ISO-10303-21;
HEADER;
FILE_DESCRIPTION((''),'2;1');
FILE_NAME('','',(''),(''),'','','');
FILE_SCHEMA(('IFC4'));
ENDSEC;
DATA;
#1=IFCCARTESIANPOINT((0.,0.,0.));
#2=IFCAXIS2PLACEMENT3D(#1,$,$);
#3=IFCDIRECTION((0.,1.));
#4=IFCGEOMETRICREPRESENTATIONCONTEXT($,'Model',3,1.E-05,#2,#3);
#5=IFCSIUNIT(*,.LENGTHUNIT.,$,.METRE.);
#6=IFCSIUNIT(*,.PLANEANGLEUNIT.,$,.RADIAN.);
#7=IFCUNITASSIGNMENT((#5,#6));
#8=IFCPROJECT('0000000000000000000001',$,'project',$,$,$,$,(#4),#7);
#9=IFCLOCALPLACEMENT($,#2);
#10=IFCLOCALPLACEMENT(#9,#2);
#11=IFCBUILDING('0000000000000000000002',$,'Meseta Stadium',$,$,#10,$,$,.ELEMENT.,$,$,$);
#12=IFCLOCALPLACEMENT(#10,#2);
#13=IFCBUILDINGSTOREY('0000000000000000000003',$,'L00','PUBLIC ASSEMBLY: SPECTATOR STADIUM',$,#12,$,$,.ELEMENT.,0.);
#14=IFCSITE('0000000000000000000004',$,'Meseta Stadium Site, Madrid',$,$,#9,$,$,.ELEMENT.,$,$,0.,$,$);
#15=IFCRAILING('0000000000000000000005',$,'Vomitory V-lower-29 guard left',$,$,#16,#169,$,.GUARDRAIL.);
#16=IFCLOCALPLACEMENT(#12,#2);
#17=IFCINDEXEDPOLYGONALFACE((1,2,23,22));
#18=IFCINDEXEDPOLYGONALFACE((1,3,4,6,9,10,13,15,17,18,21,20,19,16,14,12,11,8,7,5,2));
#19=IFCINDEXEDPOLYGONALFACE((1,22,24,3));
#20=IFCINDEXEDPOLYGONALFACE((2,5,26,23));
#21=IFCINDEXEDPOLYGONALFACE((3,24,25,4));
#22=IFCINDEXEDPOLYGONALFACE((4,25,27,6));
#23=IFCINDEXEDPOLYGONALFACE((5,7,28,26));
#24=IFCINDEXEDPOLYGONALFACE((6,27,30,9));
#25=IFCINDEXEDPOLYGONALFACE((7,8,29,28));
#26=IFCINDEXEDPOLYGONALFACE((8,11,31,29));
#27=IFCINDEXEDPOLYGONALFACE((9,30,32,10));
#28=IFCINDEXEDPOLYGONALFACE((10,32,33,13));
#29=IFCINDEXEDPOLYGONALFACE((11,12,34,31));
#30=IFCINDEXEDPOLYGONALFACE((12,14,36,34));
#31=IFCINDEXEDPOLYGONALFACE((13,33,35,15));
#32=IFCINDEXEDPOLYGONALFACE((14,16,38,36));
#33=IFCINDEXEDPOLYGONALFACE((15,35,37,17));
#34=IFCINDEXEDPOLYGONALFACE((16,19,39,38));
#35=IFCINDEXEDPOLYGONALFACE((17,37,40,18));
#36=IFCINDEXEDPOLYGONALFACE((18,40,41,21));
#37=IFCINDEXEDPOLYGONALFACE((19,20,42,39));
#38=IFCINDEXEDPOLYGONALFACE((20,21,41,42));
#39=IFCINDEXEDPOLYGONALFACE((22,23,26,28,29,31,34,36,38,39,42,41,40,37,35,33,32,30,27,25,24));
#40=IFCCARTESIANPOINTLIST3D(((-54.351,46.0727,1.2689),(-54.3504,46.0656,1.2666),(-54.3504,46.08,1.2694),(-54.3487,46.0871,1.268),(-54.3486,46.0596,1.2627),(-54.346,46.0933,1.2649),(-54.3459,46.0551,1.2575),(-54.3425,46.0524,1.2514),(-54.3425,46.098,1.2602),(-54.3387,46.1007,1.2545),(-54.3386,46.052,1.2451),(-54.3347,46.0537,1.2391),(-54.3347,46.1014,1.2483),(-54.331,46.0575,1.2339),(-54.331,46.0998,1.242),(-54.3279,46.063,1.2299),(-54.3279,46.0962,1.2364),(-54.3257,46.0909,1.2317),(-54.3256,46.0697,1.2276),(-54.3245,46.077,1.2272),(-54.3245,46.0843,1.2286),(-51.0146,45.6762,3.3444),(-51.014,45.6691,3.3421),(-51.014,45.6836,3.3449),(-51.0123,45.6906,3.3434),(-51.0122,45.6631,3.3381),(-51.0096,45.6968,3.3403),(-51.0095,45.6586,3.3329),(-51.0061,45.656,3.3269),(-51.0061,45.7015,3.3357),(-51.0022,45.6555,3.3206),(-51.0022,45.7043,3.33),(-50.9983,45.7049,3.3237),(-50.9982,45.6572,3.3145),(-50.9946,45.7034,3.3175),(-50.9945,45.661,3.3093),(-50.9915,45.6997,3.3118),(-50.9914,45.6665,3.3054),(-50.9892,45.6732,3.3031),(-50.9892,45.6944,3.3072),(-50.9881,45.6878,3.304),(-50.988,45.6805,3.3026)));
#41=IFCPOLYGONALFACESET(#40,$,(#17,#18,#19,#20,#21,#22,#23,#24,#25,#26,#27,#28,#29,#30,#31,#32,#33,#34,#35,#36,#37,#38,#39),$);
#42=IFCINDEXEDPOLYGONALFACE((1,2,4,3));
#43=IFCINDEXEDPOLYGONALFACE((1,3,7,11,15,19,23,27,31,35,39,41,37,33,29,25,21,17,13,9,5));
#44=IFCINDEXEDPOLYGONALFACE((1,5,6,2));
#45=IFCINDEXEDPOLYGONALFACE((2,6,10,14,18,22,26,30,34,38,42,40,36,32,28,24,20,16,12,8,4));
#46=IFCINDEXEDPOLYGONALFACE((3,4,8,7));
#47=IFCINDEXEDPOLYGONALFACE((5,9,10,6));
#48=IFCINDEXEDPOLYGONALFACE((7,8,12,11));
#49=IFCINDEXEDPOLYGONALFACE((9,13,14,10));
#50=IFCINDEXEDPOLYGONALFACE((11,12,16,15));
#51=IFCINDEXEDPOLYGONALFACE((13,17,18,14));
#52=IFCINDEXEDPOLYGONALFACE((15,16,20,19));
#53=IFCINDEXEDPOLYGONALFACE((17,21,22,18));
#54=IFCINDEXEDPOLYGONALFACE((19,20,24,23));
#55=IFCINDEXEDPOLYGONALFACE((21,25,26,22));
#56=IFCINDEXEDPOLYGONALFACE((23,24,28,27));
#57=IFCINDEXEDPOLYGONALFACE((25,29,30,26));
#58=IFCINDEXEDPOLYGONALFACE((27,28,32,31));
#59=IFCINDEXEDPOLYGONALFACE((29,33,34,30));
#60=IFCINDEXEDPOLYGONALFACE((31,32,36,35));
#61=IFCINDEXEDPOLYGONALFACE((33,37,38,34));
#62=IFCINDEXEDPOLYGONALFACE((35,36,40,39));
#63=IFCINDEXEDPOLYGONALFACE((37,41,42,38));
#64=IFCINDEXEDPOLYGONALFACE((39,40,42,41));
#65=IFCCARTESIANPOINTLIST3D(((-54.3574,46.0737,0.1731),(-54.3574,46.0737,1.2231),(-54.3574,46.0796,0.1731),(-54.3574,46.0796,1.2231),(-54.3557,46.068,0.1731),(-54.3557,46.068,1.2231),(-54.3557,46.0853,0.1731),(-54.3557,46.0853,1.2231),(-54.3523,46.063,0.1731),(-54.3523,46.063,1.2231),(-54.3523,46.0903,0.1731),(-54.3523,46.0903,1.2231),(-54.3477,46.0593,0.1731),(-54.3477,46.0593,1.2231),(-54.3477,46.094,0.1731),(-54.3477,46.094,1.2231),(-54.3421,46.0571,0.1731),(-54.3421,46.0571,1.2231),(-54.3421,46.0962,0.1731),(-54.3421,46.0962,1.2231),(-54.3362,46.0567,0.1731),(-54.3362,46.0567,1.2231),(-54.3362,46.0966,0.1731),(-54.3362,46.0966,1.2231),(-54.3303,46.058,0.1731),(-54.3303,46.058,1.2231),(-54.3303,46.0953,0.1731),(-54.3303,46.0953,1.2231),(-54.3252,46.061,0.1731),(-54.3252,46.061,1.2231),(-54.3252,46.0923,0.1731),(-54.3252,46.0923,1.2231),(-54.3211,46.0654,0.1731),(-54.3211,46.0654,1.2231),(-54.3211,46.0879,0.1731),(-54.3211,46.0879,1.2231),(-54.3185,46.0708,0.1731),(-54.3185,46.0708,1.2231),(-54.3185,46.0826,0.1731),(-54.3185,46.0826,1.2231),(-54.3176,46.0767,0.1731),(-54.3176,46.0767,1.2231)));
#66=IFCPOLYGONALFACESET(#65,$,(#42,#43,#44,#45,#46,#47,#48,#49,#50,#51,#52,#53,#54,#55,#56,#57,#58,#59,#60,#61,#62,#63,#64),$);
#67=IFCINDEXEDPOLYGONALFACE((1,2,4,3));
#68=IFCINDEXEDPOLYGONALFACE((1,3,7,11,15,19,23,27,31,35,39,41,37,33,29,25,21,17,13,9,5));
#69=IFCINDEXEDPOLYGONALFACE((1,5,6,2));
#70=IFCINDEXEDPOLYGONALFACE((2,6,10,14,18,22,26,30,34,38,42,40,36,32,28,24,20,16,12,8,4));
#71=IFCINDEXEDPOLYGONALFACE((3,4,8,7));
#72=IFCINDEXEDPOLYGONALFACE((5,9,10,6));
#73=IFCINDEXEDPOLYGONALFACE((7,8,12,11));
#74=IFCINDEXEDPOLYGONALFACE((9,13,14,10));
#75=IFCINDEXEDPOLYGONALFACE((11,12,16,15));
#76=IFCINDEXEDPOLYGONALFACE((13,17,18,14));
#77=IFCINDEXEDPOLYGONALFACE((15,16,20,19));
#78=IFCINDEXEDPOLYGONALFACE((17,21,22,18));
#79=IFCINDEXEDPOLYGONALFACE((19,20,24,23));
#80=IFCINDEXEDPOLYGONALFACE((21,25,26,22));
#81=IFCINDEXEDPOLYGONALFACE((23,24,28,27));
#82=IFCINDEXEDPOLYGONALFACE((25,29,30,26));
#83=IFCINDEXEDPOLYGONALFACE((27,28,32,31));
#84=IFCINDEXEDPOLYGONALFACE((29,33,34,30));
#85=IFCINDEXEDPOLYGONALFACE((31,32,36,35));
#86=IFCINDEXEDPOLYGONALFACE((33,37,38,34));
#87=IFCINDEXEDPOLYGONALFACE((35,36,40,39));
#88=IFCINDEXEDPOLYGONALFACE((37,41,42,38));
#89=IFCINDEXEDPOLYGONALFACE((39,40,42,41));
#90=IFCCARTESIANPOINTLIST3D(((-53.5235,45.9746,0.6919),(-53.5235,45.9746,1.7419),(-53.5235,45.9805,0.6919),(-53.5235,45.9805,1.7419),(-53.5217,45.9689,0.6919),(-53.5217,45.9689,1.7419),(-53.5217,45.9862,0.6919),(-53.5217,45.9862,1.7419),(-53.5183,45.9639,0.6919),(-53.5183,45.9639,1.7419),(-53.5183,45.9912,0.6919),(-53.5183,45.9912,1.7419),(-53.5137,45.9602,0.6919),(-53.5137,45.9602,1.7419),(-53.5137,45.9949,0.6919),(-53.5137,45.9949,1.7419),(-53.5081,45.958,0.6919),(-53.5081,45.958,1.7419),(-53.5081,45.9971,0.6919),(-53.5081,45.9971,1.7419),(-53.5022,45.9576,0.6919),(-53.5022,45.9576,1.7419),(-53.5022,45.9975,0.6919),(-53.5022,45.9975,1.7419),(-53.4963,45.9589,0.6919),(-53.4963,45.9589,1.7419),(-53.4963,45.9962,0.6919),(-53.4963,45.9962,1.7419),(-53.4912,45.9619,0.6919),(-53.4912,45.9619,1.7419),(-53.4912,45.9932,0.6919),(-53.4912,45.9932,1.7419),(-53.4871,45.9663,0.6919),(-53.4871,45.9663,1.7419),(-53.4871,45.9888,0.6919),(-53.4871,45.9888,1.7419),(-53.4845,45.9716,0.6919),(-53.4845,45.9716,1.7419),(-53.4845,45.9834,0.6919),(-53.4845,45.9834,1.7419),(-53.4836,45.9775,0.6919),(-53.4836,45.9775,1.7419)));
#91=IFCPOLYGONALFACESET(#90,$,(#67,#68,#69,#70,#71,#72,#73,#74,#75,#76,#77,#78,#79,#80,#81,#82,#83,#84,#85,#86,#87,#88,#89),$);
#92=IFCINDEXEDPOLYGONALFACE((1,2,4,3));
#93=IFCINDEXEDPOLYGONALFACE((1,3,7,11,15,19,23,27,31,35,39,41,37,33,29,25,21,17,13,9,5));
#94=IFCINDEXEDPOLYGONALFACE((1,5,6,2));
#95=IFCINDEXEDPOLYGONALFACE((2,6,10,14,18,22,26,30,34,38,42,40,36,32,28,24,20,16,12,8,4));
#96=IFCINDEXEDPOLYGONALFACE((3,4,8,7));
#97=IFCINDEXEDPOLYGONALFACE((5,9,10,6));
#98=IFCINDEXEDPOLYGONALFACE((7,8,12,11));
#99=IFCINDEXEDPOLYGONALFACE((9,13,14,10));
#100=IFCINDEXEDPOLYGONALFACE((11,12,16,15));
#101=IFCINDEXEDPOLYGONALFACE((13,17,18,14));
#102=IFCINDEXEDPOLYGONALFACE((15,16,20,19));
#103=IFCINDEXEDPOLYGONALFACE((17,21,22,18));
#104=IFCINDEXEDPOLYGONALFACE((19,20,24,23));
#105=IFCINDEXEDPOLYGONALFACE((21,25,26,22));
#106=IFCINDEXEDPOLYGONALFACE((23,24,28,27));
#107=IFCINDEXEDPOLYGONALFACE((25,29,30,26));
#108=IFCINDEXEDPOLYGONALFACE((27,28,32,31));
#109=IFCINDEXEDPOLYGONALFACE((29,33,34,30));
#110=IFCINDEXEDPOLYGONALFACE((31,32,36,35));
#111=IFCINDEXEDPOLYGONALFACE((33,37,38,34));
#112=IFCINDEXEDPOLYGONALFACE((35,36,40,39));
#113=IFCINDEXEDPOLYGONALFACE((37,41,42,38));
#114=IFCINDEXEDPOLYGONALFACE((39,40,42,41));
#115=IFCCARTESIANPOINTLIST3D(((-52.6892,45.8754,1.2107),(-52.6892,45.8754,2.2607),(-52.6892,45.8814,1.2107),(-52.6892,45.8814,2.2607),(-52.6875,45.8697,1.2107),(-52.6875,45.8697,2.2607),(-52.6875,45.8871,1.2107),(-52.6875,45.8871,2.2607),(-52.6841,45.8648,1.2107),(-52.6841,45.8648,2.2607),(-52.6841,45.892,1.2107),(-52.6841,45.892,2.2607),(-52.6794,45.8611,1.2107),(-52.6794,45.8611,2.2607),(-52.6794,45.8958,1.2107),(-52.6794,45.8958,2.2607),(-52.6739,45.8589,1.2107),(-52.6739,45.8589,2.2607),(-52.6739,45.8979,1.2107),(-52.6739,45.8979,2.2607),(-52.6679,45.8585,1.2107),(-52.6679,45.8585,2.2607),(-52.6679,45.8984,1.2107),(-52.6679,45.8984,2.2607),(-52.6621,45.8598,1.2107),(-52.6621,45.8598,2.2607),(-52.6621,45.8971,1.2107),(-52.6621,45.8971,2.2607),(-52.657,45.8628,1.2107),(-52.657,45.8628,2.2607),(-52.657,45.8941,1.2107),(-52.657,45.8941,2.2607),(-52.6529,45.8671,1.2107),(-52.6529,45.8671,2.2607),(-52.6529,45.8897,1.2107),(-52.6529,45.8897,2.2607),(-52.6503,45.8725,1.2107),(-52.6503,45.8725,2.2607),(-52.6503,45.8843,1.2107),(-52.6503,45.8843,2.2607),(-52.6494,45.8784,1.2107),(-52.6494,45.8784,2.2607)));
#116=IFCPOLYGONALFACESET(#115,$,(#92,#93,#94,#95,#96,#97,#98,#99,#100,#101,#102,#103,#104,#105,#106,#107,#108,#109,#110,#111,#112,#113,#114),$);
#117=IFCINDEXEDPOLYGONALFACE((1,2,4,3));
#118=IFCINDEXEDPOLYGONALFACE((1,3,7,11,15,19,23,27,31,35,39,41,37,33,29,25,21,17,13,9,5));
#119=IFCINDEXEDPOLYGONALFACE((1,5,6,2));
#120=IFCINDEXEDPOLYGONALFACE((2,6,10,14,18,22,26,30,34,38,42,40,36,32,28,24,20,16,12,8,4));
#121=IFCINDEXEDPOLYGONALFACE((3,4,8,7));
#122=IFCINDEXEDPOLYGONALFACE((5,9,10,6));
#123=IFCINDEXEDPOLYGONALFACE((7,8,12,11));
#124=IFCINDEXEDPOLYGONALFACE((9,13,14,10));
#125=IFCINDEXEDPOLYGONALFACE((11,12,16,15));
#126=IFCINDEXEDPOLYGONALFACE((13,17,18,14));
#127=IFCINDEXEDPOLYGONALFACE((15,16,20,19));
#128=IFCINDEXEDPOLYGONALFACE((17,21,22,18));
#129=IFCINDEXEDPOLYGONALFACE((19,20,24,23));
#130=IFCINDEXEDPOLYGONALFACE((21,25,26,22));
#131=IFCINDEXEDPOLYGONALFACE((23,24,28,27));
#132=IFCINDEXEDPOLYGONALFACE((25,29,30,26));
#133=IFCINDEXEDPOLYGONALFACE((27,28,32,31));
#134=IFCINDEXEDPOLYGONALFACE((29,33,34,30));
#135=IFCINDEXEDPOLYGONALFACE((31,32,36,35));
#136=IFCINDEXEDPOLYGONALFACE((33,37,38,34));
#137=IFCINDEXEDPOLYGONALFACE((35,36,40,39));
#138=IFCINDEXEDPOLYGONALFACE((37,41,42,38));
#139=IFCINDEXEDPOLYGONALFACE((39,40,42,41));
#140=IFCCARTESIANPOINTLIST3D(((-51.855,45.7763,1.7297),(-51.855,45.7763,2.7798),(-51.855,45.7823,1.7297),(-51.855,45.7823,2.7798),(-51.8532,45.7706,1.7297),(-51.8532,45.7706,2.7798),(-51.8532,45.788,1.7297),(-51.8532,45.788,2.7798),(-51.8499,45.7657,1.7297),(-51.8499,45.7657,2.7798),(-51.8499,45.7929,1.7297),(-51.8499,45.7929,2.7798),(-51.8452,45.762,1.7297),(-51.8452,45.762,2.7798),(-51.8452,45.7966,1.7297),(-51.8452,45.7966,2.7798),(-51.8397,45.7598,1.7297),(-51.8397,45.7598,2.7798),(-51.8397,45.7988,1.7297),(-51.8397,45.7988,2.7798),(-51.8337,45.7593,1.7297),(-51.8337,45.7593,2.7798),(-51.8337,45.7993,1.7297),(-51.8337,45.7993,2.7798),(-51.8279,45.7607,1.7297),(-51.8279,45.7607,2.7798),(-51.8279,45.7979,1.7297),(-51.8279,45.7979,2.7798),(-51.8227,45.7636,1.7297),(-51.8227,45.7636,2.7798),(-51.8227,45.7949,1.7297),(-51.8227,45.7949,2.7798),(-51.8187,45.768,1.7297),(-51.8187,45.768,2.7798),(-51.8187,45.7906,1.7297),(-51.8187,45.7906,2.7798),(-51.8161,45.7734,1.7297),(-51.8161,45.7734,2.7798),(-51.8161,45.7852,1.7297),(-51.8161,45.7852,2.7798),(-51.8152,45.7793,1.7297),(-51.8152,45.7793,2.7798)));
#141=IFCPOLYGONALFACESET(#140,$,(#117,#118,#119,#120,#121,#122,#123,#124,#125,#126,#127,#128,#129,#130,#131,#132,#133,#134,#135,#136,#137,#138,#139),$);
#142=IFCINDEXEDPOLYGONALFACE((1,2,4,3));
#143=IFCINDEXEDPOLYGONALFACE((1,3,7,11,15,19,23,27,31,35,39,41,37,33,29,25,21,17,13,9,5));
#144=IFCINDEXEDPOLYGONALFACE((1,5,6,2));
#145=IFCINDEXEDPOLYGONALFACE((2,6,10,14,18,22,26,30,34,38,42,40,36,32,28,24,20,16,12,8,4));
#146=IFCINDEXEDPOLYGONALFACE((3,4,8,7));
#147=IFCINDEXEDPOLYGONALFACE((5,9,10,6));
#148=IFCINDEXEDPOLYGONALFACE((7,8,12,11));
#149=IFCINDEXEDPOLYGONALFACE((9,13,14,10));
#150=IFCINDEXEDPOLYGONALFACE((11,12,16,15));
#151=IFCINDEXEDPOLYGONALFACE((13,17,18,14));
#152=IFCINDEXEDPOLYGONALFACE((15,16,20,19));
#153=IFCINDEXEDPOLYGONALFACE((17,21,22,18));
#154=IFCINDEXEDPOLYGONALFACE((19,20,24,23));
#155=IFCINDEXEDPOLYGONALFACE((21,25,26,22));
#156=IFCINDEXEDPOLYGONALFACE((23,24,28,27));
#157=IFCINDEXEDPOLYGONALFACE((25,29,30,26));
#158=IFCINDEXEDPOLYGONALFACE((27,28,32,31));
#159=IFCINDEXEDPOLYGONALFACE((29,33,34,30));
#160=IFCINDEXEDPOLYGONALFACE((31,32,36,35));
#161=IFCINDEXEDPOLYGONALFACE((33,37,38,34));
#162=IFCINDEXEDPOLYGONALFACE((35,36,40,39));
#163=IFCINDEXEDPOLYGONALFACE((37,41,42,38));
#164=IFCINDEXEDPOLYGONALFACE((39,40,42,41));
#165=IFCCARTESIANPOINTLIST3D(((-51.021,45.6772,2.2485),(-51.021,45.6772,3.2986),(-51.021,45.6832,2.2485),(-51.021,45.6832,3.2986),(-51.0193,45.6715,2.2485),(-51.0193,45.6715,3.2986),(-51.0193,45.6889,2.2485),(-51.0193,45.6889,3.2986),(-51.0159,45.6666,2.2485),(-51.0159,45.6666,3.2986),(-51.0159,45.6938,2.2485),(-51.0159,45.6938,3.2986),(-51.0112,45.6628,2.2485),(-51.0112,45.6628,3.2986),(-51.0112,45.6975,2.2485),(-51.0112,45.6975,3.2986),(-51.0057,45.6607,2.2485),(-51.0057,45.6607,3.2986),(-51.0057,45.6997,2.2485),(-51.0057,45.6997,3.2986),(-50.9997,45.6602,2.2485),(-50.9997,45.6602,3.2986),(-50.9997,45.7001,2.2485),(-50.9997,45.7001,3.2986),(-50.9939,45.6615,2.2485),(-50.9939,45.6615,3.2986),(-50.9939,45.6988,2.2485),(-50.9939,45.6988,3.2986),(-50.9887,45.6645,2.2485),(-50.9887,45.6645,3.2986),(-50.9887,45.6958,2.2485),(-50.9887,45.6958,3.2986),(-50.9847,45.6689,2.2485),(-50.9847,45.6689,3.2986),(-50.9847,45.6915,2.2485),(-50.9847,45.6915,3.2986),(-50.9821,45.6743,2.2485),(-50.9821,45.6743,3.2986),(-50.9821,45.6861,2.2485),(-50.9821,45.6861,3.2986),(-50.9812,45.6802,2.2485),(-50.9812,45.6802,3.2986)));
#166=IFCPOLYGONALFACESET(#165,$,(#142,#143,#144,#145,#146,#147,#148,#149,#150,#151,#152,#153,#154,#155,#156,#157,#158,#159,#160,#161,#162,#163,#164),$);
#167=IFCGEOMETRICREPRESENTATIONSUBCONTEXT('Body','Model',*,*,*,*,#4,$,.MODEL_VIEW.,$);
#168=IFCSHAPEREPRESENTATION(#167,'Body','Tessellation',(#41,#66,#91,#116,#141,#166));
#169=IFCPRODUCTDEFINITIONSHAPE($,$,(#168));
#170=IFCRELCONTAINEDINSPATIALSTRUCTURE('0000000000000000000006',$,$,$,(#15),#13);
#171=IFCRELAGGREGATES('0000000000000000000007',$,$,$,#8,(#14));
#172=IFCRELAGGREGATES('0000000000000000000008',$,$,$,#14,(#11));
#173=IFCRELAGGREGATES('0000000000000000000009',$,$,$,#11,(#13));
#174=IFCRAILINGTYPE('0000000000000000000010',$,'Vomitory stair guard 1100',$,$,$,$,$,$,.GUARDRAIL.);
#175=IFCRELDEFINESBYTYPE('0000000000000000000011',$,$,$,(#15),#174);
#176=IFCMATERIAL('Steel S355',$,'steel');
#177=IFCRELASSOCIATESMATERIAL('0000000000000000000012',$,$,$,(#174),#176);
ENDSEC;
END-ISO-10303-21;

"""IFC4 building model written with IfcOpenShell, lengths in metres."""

from ifc_helpers import new_model, si_unit, direction, frame, origin, origin_2d, place, context, subcontext, project, spatial, circle, extrude, material, type_object, element, save


model = new_model("IFC4")

# Units and contexts
model_context = context("Model", 3, precision=1e-05, world=origin(), true_north=direction((0.0, 1.0)))
body_context = subcontext(model_context, "Body", "Model", "MODEL_VIEW")
ifc_project = project(units=[si_unit("LENGTHUNIT", "METRE"), si_unit("PLANEANGLEUNIT", "RADIAN")], contexts=[model_context])

# Site, building, storey
site_placement = place(None, origin())
site = spatial("IfcSite", under=ifc_project, at=site_placement, Name="Meseta Stadium Site, Madrid", CompositionType="ELEMENT", RefElevation=0.0)
building_placement = place(site_placement, origin())
building = spatial("IfcBuilding", under=site, at=building_placement, Name="Meseta Stadium", CompositionType="ELEMENT")
storey_placement = place(building_placement, origin())
storey = spatial("IfcBuildingStorey", under=building, at=storey_placement, Name="L00", Description="PUBLIC ASSEMBLY: SPECTATOR STADIUM", CompositionType="ELEMENT", Elevation=0.0)

# Railing
ifc_material_1 = material(Name="Steel S355", Category="steel")
railing_type_1 = type_object("IfcRailingType", Name="Vomitory stair guard 1100", PredefinedType="GUARDRAIL", material=ifc_material_1)
for number, where, name in (
    (1, (-54.3376, 46.0767, 0.1731), "Vomitory V-lower-29 guard left"),
):
    element("IfcRailing", number, at=place(storey_placement, frame(where)), inside=storey, type_object=railing_type_1, Name=name, PredefinedType="GUARDRAIL", context=body_context, shape_type="SweptSolid", body=[
        extrude(circle(Radius=0.0249, at=origin_2d()), frame((0.0, 0.0, 1.0752), z_axis=(0.84483, -0.100395, 0.525531), x_axis=(0.118005, 0.993013, 0.0)), (0.0, 0.0, 1.0), 3.9492),
        extrude(circle(Radius=0.02, at=origin_2d()), origin(), (0.0, 0.0, 1.0), 1.05),
        extrude(circle(Radius=0.02, at=origin_2d()), frame((0.834, -0.0991, 0.5188)), (0.0, 0.0, 1.0), 1.05),
        extrude(circle(Radius=0.02, at=origin_2d()), frame((1.6682, -0.1982, 1.0376)), (0.0, 0.0, 1.0), 1.05),
        extrude(circle(Radius=0.02, at=origin_2d()), frame((2.5024, -0.2974, 1.5566)), (0.0, 0.0, 1.0), 1.05),
        extrude(circle(Radius=0.02, at=origin_2d()), frame((3.3364, -0.3965, 2.0754)), (0.0, 0.0, 1.0), 1.05),
    ])

save(model, "model.ifc")
